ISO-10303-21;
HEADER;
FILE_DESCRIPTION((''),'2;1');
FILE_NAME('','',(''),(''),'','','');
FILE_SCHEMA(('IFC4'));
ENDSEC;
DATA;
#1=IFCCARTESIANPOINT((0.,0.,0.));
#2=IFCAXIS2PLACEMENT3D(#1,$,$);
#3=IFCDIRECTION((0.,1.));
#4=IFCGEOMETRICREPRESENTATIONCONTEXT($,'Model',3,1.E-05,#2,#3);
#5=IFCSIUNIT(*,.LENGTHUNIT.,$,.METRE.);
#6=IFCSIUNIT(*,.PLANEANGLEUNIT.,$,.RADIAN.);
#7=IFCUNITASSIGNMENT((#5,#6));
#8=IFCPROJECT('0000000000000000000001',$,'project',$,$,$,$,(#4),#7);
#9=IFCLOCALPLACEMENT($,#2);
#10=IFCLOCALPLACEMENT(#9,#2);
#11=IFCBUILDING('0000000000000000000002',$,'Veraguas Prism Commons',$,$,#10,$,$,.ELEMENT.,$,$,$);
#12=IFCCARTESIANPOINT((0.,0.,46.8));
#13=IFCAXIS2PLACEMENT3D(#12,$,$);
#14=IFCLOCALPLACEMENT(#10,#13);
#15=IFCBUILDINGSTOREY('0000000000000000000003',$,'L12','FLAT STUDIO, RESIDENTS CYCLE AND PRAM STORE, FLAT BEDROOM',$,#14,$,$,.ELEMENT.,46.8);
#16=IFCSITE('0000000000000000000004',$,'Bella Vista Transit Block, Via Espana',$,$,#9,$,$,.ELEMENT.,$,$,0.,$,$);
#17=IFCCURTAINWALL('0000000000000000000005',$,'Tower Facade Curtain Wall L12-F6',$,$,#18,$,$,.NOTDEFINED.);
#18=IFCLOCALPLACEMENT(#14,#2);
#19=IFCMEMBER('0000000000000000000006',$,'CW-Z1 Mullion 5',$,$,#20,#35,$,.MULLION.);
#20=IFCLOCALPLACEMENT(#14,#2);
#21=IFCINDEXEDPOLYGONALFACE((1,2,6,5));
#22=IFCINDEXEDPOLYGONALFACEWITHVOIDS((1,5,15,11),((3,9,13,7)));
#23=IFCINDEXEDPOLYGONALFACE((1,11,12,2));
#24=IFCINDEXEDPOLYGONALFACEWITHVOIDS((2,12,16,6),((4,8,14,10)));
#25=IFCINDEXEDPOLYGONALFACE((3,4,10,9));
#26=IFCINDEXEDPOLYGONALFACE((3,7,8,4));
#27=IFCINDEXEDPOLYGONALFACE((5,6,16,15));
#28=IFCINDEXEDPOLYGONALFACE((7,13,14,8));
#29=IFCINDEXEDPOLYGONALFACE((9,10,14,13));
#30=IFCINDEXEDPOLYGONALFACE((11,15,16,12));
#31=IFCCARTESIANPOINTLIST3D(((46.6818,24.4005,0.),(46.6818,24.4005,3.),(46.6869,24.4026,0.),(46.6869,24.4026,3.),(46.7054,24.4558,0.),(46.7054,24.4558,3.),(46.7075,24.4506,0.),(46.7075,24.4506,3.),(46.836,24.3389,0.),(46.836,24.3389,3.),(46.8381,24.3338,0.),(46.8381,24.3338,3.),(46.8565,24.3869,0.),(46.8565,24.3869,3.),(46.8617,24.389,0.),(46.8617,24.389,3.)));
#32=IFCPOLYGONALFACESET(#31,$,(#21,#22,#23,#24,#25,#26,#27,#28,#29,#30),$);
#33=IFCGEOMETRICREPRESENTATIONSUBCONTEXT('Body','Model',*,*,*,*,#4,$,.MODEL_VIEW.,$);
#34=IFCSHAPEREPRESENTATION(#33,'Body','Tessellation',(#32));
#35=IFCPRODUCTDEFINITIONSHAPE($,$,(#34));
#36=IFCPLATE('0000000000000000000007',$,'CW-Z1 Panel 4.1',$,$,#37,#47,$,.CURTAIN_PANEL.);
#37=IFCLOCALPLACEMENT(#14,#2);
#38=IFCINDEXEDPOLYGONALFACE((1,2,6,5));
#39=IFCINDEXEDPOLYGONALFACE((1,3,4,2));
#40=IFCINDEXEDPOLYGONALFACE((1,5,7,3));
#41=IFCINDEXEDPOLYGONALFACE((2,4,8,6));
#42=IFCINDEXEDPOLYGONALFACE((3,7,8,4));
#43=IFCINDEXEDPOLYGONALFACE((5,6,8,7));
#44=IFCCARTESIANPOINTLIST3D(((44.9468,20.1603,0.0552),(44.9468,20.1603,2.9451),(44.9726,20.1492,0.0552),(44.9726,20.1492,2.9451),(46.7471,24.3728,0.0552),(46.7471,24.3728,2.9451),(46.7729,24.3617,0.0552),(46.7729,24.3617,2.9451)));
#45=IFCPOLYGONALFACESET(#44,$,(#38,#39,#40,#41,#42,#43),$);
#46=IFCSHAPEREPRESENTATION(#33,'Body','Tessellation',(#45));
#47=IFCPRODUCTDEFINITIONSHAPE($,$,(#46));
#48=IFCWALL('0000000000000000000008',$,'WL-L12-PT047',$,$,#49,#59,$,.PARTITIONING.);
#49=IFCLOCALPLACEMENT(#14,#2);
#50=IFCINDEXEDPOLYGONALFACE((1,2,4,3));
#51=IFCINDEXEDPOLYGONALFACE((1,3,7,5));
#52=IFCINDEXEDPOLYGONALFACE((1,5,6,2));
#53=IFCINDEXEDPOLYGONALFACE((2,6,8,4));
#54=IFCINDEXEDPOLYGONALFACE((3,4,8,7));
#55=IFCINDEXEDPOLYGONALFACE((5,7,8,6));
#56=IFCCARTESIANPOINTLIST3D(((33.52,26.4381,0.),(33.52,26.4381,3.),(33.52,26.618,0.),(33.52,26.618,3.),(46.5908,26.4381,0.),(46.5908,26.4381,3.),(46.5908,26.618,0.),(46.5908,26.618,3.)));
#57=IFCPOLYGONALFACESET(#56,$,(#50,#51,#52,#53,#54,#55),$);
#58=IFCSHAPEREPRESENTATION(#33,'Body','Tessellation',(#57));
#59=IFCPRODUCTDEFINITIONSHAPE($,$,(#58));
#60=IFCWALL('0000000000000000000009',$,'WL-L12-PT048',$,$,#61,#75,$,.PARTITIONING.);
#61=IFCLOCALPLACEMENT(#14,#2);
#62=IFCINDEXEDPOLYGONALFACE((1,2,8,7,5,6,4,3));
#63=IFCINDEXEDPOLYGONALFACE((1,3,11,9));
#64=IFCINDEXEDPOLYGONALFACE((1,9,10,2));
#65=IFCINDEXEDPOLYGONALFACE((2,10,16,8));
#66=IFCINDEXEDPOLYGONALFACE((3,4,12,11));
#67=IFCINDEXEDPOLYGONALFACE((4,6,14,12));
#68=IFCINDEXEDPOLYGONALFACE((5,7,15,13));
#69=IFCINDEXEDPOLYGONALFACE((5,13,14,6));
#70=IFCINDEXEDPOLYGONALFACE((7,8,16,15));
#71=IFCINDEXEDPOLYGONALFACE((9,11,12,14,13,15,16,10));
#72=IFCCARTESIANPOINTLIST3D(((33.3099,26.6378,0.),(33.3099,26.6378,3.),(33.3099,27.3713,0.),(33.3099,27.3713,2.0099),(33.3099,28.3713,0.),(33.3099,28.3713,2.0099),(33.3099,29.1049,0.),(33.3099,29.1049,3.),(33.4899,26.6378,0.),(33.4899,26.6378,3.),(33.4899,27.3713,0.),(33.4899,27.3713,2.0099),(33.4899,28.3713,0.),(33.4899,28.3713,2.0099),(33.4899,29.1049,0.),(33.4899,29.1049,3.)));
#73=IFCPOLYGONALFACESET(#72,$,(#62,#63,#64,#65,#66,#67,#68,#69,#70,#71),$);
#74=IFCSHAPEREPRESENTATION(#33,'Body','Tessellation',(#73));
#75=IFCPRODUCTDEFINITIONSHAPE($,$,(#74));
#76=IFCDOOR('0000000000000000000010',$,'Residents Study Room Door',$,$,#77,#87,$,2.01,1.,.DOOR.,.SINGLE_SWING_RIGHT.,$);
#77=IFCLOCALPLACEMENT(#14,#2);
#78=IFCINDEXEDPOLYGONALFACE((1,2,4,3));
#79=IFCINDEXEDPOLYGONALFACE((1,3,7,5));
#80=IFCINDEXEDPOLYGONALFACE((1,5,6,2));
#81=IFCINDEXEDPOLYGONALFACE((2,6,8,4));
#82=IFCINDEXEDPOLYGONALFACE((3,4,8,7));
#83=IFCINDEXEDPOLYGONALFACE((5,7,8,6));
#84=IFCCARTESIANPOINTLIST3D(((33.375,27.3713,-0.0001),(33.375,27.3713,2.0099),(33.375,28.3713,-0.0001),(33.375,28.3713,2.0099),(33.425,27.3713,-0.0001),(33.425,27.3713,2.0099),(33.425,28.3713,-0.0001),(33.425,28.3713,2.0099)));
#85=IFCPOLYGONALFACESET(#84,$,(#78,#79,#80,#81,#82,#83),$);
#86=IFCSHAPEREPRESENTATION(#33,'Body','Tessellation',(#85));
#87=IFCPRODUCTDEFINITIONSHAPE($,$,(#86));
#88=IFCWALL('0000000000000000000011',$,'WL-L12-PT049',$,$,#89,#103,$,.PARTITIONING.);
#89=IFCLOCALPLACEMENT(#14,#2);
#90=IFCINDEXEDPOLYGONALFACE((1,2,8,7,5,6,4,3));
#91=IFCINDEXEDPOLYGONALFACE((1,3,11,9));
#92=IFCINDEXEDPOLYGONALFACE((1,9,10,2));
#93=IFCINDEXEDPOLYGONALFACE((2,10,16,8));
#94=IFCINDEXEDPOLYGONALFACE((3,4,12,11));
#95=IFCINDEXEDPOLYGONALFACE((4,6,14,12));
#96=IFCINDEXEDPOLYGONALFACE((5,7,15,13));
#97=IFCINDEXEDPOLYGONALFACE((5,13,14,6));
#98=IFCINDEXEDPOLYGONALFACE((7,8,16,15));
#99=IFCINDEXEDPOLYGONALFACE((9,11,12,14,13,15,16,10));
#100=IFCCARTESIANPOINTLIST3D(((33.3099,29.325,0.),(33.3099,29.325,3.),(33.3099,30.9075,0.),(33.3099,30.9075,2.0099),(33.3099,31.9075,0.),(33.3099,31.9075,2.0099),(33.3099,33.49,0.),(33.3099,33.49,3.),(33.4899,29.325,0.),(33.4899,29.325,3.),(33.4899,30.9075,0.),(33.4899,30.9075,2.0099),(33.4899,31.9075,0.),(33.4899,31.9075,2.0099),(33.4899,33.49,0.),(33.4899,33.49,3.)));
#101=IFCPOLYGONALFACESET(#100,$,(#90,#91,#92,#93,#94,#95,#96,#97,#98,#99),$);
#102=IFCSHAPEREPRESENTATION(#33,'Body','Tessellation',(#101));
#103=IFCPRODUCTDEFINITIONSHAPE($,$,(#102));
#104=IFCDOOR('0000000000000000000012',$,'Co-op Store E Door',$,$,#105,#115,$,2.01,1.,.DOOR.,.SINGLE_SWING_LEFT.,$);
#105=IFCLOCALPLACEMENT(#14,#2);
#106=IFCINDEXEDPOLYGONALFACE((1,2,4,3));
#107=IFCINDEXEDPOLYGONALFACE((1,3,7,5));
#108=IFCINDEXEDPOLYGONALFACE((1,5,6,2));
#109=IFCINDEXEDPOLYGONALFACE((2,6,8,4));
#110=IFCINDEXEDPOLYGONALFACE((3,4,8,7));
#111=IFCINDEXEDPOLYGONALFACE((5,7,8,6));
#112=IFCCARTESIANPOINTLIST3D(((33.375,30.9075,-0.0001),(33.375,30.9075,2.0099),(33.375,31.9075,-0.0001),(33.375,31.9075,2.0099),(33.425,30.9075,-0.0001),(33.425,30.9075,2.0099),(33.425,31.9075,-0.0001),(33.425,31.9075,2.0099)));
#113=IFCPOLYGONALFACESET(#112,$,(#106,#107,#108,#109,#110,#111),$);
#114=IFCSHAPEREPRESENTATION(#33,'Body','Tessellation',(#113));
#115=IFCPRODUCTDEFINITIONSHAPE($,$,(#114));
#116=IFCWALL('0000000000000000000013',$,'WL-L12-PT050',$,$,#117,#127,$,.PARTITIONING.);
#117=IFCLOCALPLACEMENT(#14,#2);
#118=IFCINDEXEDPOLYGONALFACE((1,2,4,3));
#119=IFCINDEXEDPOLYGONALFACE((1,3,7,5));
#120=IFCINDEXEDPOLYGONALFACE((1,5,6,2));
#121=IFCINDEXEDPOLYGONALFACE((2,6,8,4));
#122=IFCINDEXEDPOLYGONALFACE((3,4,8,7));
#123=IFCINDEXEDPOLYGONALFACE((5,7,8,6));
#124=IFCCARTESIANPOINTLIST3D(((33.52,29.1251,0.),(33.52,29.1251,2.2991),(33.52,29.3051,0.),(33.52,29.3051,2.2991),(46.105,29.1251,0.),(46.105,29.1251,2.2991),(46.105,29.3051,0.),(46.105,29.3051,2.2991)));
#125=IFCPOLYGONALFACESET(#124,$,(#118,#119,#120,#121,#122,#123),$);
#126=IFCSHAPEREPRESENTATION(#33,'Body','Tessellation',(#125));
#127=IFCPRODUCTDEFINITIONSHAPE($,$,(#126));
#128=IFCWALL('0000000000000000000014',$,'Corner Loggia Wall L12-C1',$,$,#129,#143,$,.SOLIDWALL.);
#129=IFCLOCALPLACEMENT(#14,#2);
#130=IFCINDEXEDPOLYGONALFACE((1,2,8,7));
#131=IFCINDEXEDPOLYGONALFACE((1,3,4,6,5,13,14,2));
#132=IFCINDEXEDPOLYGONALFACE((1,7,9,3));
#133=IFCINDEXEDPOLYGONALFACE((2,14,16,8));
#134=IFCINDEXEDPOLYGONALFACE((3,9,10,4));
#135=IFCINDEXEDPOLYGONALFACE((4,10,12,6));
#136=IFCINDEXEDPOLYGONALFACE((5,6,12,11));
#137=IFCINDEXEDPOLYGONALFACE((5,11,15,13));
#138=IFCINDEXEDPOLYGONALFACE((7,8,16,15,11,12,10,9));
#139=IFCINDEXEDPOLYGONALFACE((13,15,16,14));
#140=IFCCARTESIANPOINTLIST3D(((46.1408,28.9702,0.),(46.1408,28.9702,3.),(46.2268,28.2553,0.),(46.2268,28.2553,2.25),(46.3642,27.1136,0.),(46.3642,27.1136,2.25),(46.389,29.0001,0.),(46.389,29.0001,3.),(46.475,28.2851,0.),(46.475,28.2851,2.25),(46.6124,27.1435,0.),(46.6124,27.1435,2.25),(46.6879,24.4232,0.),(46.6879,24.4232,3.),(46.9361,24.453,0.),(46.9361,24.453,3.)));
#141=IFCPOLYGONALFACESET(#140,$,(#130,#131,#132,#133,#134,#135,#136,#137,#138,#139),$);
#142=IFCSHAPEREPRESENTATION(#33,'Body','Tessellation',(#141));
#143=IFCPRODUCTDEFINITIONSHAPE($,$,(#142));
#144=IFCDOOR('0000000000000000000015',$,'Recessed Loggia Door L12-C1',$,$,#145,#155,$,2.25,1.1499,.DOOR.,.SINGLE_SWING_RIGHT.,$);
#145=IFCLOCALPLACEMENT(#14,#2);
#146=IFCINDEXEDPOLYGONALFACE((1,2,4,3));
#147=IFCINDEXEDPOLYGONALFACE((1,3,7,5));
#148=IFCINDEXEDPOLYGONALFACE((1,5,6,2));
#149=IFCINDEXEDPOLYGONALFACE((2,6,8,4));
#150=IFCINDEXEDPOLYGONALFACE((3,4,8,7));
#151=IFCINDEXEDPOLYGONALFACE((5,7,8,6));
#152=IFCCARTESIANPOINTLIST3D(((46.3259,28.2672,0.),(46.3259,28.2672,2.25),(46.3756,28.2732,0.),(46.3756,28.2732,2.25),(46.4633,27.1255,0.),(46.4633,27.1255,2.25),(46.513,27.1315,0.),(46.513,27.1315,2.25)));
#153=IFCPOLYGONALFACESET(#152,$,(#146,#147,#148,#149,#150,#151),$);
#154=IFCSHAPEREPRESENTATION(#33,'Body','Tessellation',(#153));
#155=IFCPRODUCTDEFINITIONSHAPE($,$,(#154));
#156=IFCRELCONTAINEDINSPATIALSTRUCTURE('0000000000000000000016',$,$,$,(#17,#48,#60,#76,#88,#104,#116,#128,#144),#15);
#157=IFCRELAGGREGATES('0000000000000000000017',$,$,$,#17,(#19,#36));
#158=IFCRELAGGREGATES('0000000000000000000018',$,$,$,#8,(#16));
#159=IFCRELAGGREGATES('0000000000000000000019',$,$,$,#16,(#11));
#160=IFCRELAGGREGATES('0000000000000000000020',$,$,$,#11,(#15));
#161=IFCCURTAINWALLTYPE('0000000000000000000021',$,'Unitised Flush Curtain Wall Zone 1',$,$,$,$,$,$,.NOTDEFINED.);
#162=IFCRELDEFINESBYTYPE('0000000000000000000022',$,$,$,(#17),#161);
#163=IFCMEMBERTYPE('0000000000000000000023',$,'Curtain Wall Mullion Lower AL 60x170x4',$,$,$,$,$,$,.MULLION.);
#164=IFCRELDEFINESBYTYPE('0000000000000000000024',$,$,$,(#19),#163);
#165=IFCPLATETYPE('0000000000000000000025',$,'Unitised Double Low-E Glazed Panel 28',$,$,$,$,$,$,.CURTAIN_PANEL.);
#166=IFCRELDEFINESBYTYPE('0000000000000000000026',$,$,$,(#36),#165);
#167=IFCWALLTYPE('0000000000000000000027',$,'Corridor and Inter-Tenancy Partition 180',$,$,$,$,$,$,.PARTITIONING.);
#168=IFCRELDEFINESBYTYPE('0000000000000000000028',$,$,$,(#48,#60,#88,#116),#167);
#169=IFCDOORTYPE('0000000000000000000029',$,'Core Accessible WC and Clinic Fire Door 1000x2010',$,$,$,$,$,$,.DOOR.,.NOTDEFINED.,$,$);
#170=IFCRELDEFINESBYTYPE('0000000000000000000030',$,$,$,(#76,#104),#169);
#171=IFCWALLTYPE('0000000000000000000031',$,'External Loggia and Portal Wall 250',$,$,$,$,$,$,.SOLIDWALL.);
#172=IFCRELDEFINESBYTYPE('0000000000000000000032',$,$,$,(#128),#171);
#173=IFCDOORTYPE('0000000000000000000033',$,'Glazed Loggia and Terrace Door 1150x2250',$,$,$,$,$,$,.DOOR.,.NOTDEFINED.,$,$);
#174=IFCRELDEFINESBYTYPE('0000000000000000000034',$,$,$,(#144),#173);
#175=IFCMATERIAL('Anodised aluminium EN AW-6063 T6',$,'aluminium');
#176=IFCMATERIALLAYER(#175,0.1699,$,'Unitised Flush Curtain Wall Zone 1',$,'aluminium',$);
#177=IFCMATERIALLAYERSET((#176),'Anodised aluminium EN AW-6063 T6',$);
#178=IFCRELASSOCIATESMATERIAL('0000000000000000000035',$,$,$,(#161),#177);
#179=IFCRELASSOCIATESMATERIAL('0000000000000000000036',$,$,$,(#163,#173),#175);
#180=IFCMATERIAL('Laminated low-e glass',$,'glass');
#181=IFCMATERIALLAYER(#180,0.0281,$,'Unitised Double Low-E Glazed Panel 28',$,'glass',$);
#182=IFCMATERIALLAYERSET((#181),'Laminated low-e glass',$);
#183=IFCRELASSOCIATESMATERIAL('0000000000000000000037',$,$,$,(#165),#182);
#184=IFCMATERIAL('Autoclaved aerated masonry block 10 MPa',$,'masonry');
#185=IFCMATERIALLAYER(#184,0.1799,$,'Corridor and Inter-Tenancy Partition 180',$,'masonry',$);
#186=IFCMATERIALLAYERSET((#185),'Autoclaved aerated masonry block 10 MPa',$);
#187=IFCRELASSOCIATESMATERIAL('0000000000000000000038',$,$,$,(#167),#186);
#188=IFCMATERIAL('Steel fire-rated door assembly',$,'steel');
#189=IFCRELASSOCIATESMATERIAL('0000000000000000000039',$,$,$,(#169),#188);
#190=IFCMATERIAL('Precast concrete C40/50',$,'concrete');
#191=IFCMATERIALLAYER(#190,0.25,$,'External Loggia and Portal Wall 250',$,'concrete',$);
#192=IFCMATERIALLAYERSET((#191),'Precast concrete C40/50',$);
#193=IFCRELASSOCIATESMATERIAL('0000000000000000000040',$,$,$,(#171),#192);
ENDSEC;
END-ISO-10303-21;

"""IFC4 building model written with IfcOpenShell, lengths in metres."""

from ifc_helpers import new_model, si_unit, direction, frame, frame_2d, origin, origin_2d, place, context, subcontext, project, spatial, rectangle, hollow_rectangle, extrude, source, transform, mapped, material, layer, layer_set, material_profile, profile_set, type_object, element, fill, aggregate, save


model = new_model("IFC4")

# Units and contexts
model_context = context("Model", 3, precision=1e-05, world=origin(), true_north=direction((0.0, 1.0)))
body_context = subcontext(model_context, "Body", "Model", "MODEL_VIEW")
ifc_project = project(units=[si_unit("LENGTHUNIT", "METRE"), si_unit("PLANEANGLEUNIT", "RADIAN")], contexts=[model_context])

# Site, building, storey
site_placement = place(None, origin())
site = spatial("IfcSite", under=ifc_project, at=site_placement, Name="Bella Vista Transit Block, Via Espana", CompositionType="ELEMENT", RefElevation=0.0)
building_placement = place(site_placement, origin())
building = spatial("IfcBuilding", under=site, at=building_placement, Name="Veraguas Prism Commons", CompositionType="ELEMENT")
storey_placement = place(building_placement, frame((0.0, 0.0, 46.8)))
storey = spatial("IfcBuildingStorey", under=building, at=storey_placement, Name="L12", Description="FLAT STUDIO, RESIDENTS CYCLE AND PRAM STORE, FLAT BEDROOM", CompositionType="ELEMENT", Elevation=46.8)

# Shared definitions
ifc_material_1 = material(Name="Anodised aluminium EN AW-6063 T6", Category="aluminium")
ifc_layer_1 = layer(ifc_material_1, 0.1699, Name="Unitised Flush Curtain Wall Zone 1", Category="aluminium")
ifc_layer_set_1 = layer_set([ifc_layer_1], Name="Anodised aluminium EN AW-6063 T6")
curtain_wall_type = type_object("IfcCurtainWallType", Name="Unitised Flush Curtain Wall Zone 1", PredefinedType="NOTDEFINED", material=ifc_layer_set_1)
ifc_material_profile_1 = material_profile(ifc_material_1, hollow_rectangle(XDim=0.0601, YDim=0.1699, WallThickness=0.0039, at=origin_2d()), Name="AL60X170X4")
ifc_profile_set_1 = profile_set([ifc_material_profile_1], Name="Anodised aluminium EN AW-6063 T6")
member_type_1 = type_object("IfcMemberType", Name="Curtain Wall Mullion Lower AL 60x170x4", PredefinedType="MULLION", material=ifc_profile_set_1)
shared_shape_1 = source(origin(), body_context, "Body", "SweptSolid", [
    extrude(hollow_rectangle(XDim=0.0601, YDim=0.1699, WallThickness=0.0039, at=origin_2d()), origin(), (0.0, 0.0, 1.0), 3.0),
])

# Curtain wall, member, plate
curtain_wall_1_placement = place(storey_placement, origin())
curtain_wall_1 = element("IfcCurtainWall", 1, at=curtain_wall_1_placement, inside=storey, type_object=curtain_wall_type, Name="Tower Facade Curtain Wall L12-F6", PredefinedType="NOTDEFINED")
member_1_placement = place(storey_placement, frame((46.7717, 24.3948, 0.0), z_axis=(0.0, 0.0, 1.0), x_axis=(0.392978, 0.919548, 0.0)))
member_1 = element("IfcMember", 2, at=member_1_placement, type_object=member_type_1, Name="CW-Z1 Mullion 5", PredefinedType="MULLION", context=body_context, shape_type="MappedRepresentation", body=[
    mapped(shared_shape_1, transform((0.0, 0.0, 0.0), scale=1.0)),
])
ifc_material_2 = material(Name="Laminated low-e glass", Category="glass")
ifc_layer_2 = layer(ifc_material_2, 0.0281, Name="Unitised Double Low-E Glazed Panel 28", Category="glass")
ifc_layer_set_2 = layer_set([ifc_layer_2], Name="Laminated low-e glass")
plate_type = type_object("IfcPlateType", Name="Unitised Double Low-E Glazed Panel 28", PredefinedType="CURTAIN_PANEL", material=ifc_layer_set_2)
shared_shape_2 = source(origin(), body_context, "Body", "SweptSolid", [
    extrude(rectangle(XDim=4.5811, YDim=0.0281, at=origin_2d()), origin(), (0.0, 0.0, 1.0), 2.8899),
])
plate_placement = place(storey_placement, frame((45.8599, 22.261, 0.0552), z_axis=(0.0, 0.0, 1.0), x_axis=(0.392978, 0.919548, 0.0)))
plate = element("IfcPlate", 3, at=plate_placement, type_object=plate_type, Name="CW-Z1 Panel 4.1", PredefinedType="CURTAIN_PANEL", context=body_context, shape_type="MappedRepresentation", body=[
    mapped(shared_shape_2, transform((0.0, 0.0, 0.0), scale=1.0)),
])
aggregate(curtain_wall_1, [member_1, plate])

# Wall
ifc_material_3 = material(Name="Autoclaved aerated masonry block 10 MPa", Category="masonry")
ifc_layer_3 = layer(ifc_material_3, 0.1799, Name="Corridor and Inter-Tenancy Partition 180", Category="masonry")
ifc_layer_set_3 = layer_set([ifc_layer_3], Name="Autoclaved aerated masonry block 10 MPa")
wall_type_1 = type_object("IfcWallType", Name="Corridor and Inter-Tenancy Partition 180", PredefinedType="PARTITIONING", material=ifc_layer_set_3)
wall_1_placement = place(storey_placement, frame((33.52, 26.5281, 0.0), z_axis=(0.0, 0.0, 1.0), x_axis=(1.0, 0.0, 0.0)))
element("IfcWall", 4, at=wall_1_placement, inside=storey, type_object=wall_type_1, Name="WL-L12-PT047", PredefinedType="PARTITIONING", context=body_context, shape_type="SweptSolid", body=[
    extrude(rectangle(XDim=13.0708, YDim=0.1799, at=frame_2d((6.5354, 0.0))), origin(), (0.0, 0.0, 1.0), 3.0),
])

# Walls, openings, doors
wall_2_placement = place(storey_placement, frame((33.3999, 26.6379, 0.0), z_axis=(0.0, 0.0, 1.0), x_axis=(0.0, 1.0, 0.0)))
wall_2 = element("IfcWall", 5, at=wall_2_placement, inside=storey, type_object=wall_type_1, Name="WL-L12-PT048", PredefinedType="PARTITIONING", context=body_context, shape_type="SweptSolid", body=[
    extrude(rectangle(XDim=2.467, YDim=0.1799, at=frame_2d((1.2334, 0.0))), origin(), (0.0, 0.0, 1.0), 3.0),
])
opening_1_placement = place(wall_2_placement, frame((0.7334, 0.0, 0.0)))
opening_1 = element("IfcOpeningElement", 6, at=opening_1_placement, cuts=wall_2, PredefinedType="OPENING", context=body_context, shape_type="SweptSolid", body=[
    extrude(rectangle(XDim=1.0, YDim=2.01, at=frame_2d((0.5, 1.0049))), frame((0.0, 0.0999, 0.0), z_axis=(0.0, -1.0, 0.0), x_axis=(1.0, 0.0, 0.0)), (0.0, 0.0, 1.0), 0.2),
])
ifc_material_4 = material(Name="Steel fire-rated door assembly", Category="steel")
door_type_1 = type_object("IfcDoorType", Name="Core Accessible WC and Clinic Fire Door 1000x2010", OperationType="NOTDEFINED", PredefinedType="DOOR", material=ifc_material_4)
shared_shape_3 = source(origin(), body_context, "Body", "SweptSolid", [
    extrude(rectangle(XDim=1.0, YDim=2.01, at=frame_2d((0.5, 1.0049))), frame((0.0, 0.0249, 0.0), z_axis=(0.0, -1.0, 0.0), x_axis=(1.0, 0.0, 0.0)), (0.0, 0.0, 1.0), 0.05),
])
door_1_placement = place(opening_1_placement, origin())
door_1 = element("IfcDoor", 7, at=door_1_placement, inside=storey, type_object=door_type_1, Name="Residents Study Room Door", OperationType="SINGLE_SWING_RIGHT", OverallHeight=2.01, OverallWidth=1.0, PredefinedType="DOOR", context=body_context, shape_type="MappedRepresentation", body=[
    mapped(shared_shape_3, transform((0.0, 0.0, 0.0), scale=1.0)),
])
fill(opening_1, door_1)
wall_3_placement = place(storey_placement, frame((33.3999, 29.325, 0.0), z_axis=(0.0, 0.0, 1.0), x_axis=(0.0, 1.0, 0.0)))
wall_3 = element("IfcWall", 8, at=wall_3_placement, inside=storey, type_object=wall_type_1, Name="WL-L12-PT049", PredefinedType="PARTITIONING", context=body_context, shape_type="SweptSolid", body=[
    extrude(rectangle(XDim=4.165, YDim=0.1799, at=frame_2d((2.0825, 0.0))), origin(), (0.0, 0.0, 1.0), 3.0),
])
opening_2_placement = place(wall_3_placement, frame((1.5825, 0.0, 0.0)))
opening_2 = element("IfcOpeningElement", 9, at=opening_2_placement, cuts=wall_3, PredefinedType="OPENING", context=body_context, shape_type="SweptSolid", body=[
    extrude(rectangle(XDim=1.0, YDim=2.01, at=frame_2d((0.5, 1.0049))), frame((0.0, 0.0999, 0.0), z_axis=(0.0, -1.0, 0.0), x_axis=(1.0, 0.0, 0.0)), (0.0, 0.0, 1.0), 0.2),
])
door_2_placement = place(opening_2_placement, origin())
door_2 = element("IfcDoor", 10, at=door_2_placement, inside=storey, type_object=door_type_1, Name="Co-op Store E Door", OperationType="SINGLE_SWING_LEFT", OverallHeight=2.01, OverallWidth=1.0, PredefinedType="DOOR", context=body_context, shape_type="MappedRepresentation", body=[
    mapped(shared_shape_3, transform((0.0, 0.0, 0.0), scale=1.0)),
])
fill(opening_2, door_2)

# Wall
wall_4_placement = place(storey_placement, frame((33.52, 29.2151, 0.0), z_axis=(0.0, 0.0, 1.0), x_axis=(1.0, 0.0, 0.0)))
element("IfcWall", 11, at=wall_4_placement, inside=storey, type_object=wall_type_1, Name="WL-L12-PT050", PredefinedType="PARTITIONING", context=body_context, shape_type="SweptSolid", body=[
    extrude(rectangle(XDim=12.585, YDim=0.1799, at=frame_2d((6.2925, 0.0))), origin(), (0.0, 0.0, 1.0), 2.2991),
])

# Wall, opening, door
ifc_material_5 = material(Name="Precast concrete C40/50", Category="concrete")
ifc_layer_4 = layer(ifc_material_5, 0.25, Name="External Loggia and Portal Wall 250", Category="concrete")
ifc_layer_set_4 = layer_set([ifc_layer_4], Name="Precast concrete C40/50")
wall_type_2 = type_object("IfcWallType", Name="External Loggia and Portal Wall 250", PredefinedType="SOLIDWALL", material=ifc_layer_set_4)
wall_5_placement = place(storey_placement, frame((46.812, 24.438, 0.0), z_axis=(0.0, 0.0, 1.0), x_axis=(-0.119461, 0.992839, 0.0)))
wall_5 = element("IfcWall", 12, at=wall_5_placement, inside=storey, type_object=wall_type_2, Name="Corner Loggia Wall L12-C1", PredefinedType="SOLIDWALL", context=body_context, shape_type="SweptSolid", body=[
    extrude(rectangle(XDim=4.5798, YDim=0.25, at=frame_2d((2.29, 0.0))), origin(), (0.0, 0.0, 1.0), 3.0),
])
opening_3_placement = place(wall_5_placement, frame((2.71, 0.0, 0.0)))
opening_3 = element("IfcOpeningElement", 13, at=opening_3_placement, cuts=wall_5, PredefinedType="OPENING", context=body_context, shape_type="SweptSolid", body=[
    extrude(rectangle(XDim=1.1499, YDim=2.25, at=frame_2d((0.575, 1.125))), frame((0.0, 0.135, 0.0), z_axis=(0.0, -1.0, 0.0), x_axis=(1.0, 0.0, 0.0)), (0.0, 0.0, 1.0), 0.27),
])
door_type_2 = type_object("IfcDoorType", Name="Glazed Loggia and Terrace Door 1150x2250", OperationType="NOTDEFINED", PredefinedType="DOOR", material=ifc_material_1)
shared_shape_4 = source(origin(), body_context, "Body", "SweptSolid", [
    extrude(rectangle(XDim=1.1499, YDim=2.25, at=frame_2d((0.575, 1.125))), frame((0.0, 0.0249, 0.0), z_axis=(0.0, -1.0, 0.0), x_axis=(1.0, 0.0, 0.0)), (0.0, 0.0, 1.0), 0.05),
])
door_3_placement = place(opening_3_placement, frame((1.1499, 0.0, 0.0), z_axis=(0.0, 0.0, 1.0), x_axis=(-1.0, 0.0, 0.0)))
door_3 = element("IfcDoor", 14, at=door_3_placement, inside=storey, type_object=door_type_2, Name="Recessed Loggia Door L12-C1", OperationType="SINGLE_SWING_RIGHT", OverallHeight=2.25, OverallWidth=1.1499, PredefinedType="DOOR", context=body_context, shape_type="MappedRepresentation", body=[
    mapped(shared_shape_4, transform((0.0, 0.0, 0.0), scale=1.0)),
])
fill(opening_3, door_3)

save(model, "model.ifc")
